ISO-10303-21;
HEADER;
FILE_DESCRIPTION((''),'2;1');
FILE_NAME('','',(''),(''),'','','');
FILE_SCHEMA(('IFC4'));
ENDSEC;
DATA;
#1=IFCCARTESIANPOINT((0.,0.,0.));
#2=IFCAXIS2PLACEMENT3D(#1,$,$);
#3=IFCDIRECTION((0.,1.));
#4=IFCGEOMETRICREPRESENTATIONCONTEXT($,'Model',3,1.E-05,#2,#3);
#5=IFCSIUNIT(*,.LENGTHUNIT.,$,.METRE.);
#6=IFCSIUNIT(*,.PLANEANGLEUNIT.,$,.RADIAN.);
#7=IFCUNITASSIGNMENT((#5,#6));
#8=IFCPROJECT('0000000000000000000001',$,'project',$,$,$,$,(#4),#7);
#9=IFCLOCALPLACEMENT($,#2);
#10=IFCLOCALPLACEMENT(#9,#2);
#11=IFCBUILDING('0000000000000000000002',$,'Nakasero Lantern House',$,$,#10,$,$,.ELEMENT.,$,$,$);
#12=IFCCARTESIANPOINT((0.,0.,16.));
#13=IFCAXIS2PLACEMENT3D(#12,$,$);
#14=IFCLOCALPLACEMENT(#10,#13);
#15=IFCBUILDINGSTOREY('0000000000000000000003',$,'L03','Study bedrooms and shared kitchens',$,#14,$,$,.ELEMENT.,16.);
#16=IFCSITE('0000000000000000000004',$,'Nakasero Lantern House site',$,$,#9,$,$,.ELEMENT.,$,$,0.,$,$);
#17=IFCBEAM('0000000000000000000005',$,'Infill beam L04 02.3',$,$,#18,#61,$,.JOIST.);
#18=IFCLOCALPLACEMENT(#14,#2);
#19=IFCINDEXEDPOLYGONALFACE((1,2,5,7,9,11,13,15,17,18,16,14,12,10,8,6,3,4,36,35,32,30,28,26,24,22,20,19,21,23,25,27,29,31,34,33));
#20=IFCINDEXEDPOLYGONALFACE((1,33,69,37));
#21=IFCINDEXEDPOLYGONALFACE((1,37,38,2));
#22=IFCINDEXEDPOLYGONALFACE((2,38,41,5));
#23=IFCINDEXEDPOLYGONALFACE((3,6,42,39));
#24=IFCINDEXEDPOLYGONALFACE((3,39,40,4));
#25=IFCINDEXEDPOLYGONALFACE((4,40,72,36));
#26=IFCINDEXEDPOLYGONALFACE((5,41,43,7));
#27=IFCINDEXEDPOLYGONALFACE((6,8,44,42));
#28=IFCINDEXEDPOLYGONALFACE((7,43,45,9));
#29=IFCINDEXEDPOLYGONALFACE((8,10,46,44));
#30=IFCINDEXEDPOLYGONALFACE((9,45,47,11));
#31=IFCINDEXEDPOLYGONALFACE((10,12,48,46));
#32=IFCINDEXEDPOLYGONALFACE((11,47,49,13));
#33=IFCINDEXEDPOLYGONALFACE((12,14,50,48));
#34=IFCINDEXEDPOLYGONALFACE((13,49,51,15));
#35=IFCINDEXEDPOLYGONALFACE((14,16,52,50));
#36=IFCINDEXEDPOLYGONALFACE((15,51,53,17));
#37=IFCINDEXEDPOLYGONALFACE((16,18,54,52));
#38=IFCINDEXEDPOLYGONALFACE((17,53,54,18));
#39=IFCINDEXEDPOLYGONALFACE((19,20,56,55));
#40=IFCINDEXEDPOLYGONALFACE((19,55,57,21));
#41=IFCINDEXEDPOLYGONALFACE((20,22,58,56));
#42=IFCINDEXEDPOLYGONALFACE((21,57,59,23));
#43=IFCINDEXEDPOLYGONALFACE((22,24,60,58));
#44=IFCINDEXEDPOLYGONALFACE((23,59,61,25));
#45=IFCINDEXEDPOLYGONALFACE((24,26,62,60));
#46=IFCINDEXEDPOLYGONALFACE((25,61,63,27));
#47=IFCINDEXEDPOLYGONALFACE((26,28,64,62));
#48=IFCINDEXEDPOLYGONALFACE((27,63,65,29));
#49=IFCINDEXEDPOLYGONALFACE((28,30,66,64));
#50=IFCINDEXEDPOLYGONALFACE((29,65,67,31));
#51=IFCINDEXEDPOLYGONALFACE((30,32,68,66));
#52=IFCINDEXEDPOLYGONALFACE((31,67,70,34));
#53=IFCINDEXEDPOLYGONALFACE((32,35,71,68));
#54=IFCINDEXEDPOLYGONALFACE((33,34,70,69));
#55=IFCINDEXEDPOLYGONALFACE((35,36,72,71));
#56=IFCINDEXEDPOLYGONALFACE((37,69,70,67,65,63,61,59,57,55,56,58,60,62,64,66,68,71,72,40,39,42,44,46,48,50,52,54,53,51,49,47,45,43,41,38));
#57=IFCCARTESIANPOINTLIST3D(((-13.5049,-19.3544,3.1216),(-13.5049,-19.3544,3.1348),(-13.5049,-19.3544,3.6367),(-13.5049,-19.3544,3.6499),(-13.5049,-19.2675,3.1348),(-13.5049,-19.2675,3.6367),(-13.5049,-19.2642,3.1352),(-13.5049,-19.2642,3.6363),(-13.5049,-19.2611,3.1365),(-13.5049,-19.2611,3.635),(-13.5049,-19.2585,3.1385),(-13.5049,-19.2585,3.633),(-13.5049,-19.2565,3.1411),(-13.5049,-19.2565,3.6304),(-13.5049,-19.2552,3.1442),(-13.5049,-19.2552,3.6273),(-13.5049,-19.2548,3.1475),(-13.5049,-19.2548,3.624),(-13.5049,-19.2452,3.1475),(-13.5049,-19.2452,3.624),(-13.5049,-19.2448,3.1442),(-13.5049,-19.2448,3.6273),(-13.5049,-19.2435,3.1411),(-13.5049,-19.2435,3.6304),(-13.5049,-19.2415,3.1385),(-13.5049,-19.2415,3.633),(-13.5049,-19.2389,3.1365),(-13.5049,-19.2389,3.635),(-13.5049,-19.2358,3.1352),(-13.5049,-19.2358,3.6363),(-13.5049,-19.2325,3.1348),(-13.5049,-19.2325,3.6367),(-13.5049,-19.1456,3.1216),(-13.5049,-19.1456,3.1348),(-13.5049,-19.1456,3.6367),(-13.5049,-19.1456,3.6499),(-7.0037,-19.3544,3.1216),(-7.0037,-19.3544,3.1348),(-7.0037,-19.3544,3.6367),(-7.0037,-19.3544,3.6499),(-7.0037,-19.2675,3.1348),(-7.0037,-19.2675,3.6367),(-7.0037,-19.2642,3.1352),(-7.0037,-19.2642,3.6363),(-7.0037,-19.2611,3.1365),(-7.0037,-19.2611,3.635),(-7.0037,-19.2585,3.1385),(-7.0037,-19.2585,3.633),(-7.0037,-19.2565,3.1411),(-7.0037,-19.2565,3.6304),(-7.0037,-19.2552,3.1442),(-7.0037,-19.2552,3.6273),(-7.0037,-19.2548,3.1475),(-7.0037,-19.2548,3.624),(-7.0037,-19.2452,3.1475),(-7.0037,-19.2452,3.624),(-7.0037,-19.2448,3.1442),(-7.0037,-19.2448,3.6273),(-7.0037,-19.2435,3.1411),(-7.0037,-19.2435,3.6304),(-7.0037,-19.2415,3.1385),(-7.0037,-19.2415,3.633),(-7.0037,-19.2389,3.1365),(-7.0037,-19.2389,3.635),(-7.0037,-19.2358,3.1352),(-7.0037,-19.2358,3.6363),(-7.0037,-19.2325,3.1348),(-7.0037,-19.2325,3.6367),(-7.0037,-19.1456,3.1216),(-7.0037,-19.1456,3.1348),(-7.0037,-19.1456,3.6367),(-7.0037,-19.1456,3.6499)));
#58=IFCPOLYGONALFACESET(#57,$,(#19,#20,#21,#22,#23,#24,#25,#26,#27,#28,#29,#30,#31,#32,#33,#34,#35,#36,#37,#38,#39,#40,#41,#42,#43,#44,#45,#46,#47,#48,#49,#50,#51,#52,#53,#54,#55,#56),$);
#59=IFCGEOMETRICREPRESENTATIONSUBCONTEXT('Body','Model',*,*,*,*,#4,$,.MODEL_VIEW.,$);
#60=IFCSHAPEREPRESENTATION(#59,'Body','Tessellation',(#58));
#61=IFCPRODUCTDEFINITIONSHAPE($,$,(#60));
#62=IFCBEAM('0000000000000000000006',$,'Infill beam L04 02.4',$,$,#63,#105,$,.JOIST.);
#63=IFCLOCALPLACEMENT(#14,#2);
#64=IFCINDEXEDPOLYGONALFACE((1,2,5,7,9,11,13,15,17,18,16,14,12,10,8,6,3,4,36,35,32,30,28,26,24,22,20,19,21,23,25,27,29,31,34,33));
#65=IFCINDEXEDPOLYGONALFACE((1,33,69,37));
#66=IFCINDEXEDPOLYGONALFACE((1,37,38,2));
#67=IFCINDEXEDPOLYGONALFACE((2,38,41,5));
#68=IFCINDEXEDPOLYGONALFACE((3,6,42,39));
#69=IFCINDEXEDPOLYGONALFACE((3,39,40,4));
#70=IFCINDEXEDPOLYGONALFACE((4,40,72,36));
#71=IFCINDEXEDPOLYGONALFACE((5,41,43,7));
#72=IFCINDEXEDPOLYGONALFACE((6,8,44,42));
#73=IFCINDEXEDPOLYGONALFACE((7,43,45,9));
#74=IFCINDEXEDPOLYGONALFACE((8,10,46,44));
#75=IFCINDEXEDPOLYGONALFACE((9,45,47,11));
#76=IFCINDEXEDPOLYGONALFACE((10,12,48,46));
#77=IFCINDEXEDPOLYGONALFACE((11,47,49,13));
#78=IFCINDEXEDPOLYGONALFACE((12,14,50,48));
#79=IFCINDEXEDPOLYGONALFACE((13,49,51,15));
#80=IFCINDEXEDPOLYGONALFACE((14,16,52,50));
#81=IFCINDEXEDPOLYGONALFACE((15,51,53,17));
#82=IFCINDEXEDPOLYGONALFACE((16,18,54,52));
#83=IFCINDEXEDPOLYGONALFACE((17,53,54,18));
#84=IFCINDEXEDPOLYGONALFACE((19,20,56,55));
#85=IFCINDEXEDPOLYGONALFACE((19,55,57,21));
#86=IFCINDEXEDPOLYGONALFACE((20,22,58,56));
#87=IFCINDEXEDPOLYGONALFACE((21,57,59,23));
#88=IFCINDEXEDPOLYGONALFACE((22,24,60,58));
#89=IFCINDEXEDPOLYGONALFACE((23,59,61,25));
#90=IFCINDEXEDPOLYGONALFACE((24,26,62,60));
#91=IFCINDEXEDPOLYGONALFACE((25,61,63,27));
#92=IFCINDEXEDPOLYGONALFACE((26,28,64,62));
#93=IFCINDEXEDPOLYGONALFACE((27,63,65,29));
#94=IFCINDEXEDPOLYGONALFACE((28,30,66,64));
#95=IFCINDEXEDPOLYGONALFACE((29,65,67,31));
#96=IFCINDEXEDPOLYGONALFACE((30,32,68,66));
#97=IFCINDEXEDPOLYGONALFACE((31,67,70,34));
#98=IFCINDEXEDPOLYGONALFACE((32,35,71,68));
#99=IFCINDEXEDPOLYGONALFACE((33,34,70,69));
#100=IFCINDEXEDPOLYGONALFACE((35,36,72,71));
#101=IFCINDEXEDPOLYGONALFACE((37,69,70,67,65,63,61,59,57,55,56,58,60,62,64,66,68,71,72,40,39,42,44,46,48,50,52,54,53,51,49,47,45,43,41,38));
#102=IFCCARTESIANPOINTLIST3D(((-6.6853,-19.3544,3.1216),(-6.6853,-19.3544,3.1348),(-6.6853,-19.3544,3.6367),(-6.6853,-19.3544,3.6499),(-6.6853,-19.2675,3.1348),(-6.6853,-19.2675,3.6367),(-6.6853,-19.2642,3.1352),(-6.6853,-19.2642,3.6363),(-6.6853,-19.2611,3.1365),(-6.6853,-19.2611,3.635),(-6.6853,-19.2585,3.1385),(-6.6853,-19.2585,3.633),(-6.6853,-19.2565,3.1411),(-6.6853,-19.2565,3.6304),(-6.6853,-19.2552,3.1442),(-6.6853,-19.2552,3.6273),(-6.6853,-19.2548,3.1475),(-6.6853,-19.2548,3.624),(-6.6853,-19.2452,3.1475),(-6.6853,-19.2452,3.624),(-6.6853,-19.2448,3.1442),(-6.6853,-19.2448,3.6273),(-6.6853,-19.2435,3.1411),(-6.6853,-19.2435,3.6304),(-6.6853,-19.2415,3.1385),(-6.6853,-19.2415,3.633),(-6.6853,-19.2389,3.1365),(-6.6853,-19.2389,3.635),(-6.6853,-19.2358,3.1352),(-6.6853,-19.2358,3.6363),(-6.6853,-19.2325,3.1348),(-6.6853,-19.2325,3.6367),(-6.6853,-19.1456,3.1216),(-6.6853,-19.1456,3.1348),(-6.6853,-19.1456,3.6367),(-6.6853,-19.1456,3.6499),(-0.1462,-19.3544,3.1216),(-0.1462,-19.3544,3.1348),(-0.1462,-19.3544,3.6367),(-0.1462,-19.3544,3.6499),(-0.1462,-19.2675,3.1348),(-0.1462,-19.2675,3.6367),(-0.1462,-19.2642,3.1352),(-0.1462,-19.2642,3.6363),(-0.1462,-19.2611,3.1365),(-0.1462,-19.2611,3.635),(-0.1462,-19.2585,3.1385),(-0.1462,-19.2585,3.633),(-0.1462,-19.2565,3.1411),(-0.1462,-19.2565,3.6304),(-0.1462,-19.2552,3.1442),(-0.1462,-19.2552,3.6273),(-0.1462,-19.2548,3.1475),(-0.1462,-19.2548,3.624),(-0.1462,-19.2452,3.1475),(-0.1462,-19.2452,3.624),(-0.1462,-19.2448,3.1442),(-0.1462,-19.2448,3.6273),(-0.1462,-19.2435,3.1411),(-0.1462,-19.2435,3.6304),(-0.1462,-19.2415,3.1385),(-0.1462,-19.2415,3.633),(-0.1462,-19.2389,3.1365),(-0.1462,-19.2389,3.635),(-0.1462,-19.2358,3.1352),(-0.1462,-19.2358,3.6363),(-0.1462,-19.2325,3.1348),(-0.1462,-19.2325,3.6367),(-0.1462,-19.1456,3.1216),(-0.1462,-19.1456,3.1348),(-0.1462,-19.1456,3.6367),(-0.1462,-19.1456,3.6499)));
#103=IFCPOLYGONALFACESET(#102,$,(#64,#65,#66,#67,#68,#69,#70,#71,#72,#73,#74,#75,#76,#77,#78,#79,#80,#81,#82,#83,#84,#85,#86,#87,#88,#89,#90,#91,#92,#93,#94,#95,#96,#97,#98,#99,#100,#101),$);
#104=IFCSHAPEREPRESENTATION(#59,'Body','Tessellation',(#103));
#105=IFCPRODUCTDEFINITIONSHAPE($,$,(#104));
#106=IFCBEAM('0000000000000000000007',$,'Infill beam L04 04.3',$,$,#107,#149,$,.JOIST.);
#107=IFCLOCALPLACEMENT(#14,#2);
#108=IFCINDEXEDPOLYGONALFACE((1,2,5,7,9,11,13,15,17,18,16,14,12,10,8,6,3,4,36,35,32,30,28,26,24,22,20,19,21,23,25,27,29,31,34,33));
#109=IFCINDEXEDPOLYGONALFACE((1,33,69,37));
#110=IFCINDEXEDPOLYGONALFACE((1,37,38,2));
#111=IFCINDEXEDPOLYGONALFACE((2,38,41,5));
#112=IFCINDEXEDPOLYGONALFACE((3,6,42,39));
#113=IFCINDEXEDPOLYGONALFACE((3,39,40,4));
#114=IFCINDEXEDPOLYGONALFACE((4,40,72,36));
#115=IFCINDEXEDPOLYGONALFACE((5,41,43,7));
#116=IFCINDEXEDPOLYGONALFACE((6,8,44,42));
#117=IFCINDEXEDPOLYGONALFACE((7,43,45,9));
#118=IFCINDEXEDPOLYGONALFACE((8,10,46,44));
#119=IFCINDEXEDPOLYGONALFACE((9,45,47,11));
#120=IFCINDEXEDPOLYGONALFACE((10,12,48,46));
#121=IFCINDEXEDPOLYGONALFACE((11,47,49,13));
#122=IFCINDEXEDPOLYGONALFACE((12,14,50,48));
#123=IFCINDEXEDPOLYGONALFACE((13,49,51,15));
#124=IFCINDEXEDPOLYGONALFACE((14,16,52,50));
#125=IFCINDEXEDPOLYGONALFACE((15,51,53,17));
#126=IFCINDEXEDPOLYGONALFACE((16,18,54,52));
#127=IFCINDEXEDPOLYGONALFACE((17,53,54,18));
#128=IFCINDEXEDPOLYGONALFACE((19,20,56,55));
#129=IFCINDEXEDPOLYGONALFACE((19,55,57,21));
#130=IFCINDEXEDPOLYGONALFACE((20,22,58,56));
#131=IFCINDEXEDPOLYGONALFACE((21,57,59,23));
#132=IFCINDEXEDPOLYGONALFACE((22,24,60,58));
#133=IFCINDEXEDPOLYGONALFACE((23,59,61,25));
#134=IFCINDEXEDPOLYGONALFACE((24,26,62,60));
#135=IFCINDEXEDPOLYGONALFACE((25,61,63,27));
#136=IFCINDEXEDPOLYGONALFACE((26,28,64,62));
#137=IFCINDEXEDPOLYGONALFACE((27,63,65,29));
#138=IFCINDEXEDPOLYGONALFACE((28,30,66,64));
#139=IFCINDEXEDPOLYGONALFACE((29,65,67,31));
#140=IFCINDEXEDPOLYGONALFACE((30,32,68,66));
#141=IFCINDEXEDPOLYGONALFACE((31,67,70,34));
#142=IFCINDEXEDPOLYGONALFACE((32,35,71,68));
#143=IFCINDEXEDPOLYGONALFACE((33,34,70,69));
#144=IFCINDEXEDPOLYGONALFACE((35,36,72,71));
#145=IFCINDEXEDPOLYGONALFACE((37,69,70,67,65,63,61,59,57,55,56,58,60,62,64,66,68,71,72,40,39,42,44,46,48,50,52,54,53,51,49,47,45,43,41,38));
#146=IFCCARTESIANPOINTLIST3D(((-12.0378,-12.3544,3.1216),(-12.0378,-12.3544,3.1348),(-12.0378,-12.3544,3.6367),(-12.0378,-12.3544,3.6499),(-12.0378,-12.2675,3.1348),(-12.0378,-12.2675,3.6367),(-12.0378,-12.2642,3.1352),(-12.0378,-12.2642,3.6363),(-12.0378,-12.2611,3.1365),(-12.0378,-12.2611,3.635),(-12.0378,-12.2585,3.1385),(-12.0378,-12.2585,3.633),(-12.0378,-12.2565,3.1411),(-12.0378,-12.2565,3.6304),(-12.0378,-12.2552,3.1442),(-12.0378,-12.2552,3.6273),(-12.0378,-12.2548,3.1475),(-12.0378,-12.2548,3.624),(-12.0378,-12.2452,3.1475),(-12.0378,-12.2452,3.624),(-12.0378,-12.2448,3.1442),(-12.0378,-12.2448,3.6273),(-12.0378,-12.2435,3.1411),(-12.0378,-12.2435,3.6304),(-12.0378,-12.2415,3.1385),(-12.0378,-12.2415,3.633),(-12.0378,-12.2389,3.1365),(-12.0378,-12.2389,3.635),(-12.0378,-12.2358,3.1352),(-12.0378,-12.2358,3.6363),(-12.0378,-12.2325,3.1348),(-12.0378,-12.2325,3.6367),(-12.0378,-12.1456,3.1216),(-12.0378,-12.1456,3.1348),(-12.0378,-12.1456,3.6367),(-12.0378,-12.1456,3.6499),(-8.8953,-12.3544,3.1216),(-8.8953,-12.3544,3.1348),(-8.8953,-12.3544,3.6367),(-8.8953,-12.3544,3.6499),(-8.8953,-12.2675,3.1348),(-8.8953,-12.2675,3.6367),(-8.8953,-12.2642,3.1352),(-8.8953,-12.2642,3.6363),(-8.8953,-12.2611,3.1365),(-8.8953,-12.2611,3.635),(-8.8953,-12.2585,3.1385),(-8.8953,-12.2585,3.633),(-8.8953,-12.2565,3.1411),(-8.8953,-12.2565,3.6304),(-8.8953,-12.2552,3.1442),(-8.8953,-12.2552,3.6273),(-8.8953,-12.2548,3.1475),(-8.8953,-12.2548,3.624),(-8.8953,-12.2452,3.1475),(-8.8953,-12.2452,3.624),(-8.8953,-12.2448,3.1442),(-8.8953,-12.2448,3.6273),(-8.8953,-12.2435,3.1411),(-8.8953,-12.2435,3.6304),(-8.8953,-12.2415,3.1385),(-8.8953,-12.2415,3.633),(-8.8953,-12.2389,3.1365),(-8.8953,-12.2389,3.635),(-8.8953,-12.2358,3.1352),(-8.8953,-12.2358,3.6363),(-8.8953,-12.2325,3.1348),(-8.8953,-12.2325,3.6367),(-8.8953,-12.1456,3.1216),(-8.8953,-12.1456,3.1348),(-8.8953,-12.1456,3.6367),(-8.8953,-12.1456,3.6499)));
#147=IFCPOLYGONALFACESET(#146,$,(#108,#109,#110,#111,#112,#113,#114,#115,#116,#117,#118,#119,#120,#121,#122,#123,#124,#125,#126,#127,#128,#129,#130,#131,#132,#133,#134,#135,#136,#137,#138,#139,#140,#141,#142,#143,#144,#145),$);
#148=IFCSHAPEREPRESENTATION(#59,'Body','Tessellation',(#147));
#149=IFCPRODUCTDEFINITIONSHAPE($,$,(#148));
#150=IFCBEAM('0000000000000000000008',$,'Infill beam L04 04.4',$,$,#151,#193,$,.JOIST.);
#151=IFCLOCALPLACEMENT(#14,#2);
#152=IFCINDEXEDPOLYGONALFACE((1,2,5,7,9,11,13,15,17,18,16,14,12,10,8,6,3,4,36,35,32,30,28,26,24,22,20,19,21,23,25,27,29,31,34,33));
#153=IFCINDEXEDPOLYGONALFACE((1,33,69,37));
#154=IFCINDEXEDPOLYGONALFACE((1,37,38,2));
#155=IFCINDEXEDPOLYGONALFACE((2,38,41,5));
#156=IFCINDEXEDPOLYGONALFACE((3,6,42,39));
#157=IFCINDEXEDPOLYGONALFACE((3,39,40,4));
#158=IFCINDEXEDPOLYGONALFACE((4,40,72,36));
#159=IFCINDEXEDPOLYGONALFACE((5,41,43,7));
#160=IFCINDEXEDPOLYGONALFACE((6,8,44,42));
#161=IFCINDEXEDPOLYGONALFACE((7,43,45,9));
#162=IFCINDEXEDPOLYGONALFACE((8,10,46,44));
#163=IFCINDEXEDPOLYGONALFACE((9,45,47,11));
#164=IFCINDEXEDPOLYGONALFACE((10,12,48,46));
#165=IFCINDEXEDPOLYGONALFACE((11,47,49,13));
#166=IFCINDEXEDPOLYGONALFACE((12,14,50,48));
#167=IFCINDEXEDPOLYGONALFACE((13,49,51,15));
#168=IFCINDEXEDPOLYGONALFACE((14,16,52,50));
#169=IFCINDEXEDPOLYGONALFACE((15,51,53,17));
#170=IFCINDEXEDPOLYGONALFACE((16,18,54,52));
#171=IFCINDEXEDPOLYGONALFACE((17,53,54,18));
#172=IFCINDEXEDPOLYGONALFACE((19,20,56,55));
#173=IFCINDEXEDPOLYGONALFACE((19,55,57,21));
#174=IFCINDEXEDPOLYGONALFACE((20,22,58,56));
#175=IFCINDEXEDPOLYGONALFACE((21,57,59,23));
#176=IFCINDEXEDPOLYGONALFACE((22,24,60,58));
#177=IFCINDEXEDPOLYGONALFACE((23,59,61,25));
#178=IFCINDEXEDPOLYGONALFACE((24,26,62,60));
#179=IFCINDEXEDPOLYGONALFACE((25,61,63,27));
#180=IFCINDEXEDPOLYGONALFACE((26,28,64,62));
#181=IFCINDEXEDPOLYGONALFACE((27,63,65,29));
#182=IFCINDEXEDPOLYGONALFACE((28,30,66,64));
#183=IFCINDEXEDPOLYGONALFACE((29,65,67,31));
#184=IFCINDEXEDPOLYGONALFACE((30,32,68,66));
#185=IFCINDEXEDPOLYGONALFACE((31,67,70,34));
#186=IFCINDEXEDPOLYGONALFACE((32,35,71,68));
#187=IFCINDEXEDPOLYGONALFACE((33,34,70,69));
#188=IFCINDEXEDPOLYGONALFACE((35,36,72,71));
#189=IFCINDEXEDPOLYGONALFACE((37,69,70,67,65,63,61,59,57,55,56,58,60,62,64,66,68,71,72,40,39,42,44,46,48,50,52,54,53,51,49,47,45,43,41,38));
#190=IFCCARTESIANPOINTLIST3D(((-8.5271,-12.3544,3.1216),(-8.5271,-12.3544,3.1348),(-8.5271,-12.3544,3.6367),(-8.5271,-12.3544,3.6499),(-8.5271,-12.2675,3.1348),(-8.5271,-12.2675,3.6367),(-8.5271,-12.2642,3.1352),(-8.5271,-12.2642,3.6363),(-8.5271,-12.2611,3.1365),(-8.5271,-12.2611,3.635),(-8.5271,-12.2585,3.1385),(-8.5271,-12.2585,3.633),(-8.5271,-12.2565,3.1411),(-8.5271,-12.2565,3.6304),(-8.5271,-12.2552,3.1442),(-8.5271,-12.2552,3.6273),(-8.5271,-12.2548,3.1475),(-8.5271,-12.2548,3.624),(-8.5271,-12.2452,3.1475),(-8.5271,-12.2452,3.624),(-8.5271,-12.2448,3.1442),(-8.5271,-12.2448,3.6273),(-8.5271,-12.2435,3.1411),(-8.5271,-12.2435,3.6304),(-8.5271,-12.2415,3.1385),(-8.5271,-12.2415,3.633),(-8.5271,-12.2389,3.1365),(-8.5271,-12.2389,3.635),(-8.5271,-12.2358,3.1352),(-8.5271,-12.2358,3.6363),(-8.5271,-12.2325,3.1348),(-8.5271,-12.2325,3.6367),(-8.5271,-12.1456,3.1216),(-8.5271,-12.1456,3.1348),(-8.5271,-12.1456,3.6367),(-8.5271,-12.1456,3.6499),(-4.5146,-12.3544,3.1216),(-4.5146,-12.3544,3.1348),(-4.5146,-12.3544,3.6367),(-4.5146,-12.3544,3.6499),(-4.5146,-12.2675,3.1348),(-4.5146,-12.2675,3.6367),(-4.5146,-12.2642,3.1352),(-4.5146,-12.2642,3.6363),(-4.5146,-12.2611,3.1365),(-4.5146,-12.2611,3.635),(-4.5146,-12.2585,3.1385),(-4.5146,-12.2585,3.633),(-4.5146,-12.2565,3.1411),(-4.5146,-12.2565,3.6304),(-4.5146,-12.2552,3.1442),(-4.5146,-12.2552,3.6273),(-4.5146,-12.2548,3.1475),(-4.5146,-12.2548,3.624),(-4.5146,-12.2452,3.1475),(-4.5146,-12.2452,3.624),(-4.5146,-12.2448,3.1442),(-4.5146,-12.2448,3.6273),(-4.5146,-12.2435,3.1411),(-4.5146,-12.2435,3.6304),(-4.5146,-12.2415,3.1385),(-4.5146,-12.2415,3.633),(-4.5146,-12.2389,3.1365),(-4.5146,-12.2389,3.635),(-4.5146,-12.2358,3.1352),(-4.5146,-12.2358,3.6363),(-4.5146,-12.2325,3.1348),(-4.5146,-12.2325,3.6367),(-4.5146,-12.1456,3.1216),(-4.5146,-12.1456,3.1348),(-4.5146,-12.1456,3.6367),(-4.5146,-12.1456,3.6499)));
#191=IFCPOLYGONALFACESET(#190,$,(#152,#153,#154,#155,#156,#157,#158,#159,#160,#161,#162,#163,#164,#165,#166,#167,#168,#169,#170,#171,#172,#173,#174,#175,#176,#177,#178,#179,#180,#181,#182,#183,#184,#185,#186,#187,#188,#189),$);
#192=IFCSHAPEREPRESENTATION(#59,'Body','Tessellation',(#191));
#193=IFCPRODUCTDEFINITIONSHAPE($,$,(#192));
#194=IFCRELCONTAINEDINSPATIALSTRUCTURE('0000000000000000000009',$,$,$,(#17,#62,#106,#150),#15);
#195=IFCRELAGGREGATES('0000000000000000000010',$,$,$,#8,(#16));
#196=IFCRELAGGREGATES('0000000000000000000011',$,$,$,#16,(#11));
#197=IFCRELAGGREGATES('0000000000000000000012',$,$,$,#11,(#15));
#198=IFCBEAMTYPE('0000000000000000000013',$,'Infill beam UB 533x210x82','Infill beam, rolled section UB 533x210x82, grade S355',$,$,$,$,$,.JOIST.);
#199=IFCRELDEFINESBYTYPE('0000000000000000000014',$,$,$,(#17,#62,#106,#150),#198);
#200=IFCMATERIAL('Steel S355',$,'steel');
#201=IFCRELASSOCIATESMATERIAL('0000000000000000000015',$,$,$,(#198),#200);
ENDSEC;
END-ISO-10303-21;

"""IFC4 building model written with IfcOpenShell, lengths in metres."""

from ifc_helpers import new_model, si_unit, direction, frame, origin, origin_2d, place, context, subcontext, project, spatial, i_section, extrude, material, material_profile, profile_set, type_object, element, save


model = new_model("IFC4")

# Units and contexts
model_context = context("Model", 3, precision=1e-05, world=origin(), true_north=direction((0.0, 1.0)))
body_context = subcontext(model_context, "Body", "Model", "MODEL_VIEW")
ifc_project = project(units=[si_unit("LENGTHUNIT", "METRE"), si_unit("PLANEANGLEUNIT", "RADIAN")], contexts=[model_context])

# Site, building, storey
site_placement = place(None, origin())
site = spatial("IfcSite", under=ifc_project, at=site_placement, Name="Nakasero Lantern House site", CompositionType="ELEMENT", RefElevation=0.0)
building_placement = place(site_placement, origin())
building = spatial("IfcBuilding", under=site, at=building_placement, Name="Nakasero Lantern House", CompositionType="ELEMENT")
storey_placement = place(building_placement, frame((0.0, 0.0, 16.0)))
storey = spatial("IfcBuildingStorey", under=building, at=storey_placement, Name="L03", Description="Study bedrooms and shared kitchens", CompositionType="ELEMENT", Elevation=16.0)

# Beams
ifc_material_1 = material(Name="Steel S355", Category="steel")
ifc_material_profile_1 = material_profile(ifc_material_1, i_section(OverallWidth=0.2087, OverallDepth=0.5283, WebThickness=0.0095, FlangeThickness=0.0132, FilletRadius=0.0127, at=origin_2d()), Name="UB 533x210x82")
ifc_profile_set_1 = profile_set([ifc_material_profile_1], Name="Steel S355")
beam_type_1 = type_object("IfcBeamType", Name="Infill beam UB 533x210x82", Description="Infill beam, rolled section UB 533x210x82, grade S355", PredefinedType="JOIST", material=ifc_profile_set_1)
beam_1_placement = place(storey_placement, frame((-13.5049, -19.25, 3.3857), z_axis=(1.0, 0.0, 0.0), x_axis=(0.0, 1.0, 0.0)))
element("IfcBeam", 1, at=beam_1_placement, inside=storey, type_object=beam_type_1, Name="Infill beam L04 02.3", PredefinedType="JOIST", context=body_context, shape_type="SweptSolid", body=[
    extrude(i_section(OverallWidth=0.2087, OverallDepth=0.5283, WebThickness=0.0095, FlangeThickness=0.0132, FilletRadius=0.0127, at=origin_2d()), origin(), (0.0, 0.0, 1.0), 6.5012),
])
beam_2_placement = place(storey_placement, frame((-6.6853, -19.25, 3.3857), z_axis=(1.0, 0.0, 0.0), x_axis=(0.0, 1.0, 0.0)))
element("IfcBeam", 2, at=beam_2_placement, inside=storey, type_object=beam_type_1, Name="Infill beam L04 02.4", PredefinedType="JOIST", context=body_context, shape_type="SweptSolid", body=[
    extrude(i_section(OverallWidth=0.2087, OverallDepth=0.5283, WebThickness=0.0095, FlangeThickness=0.0132, FilletRadius=0.0127, at=origin_2d()), origin(), (0.0, 0.0, 1.0), 6.5391),
])
beam_3_placement = place(storey_placement, frame((-12.0378, -12.25, 3.3857), z_axis=(1.0, 0.0, 0.0), x_axis=(0.0, 1.0, 0.0)))
element("IfcBeam", 3, at=beam_3_placement, inside=storey, type_object=beam_type_1, Name="Infill beam L04 04.3", PredefinedType="JOIST", context=body_context, shape_type="SweptSolid", body=[
    extrude(i_section(OverallWidth=0.2087, OverallDepth=0.5283, WebThickness=0.0095, FlangeThickness=0.0132, FilletRadius=0.0127, at=origin_2d()), origin(), (0.0, 0.0, 1.0), 3.1426),
])
beam_4_placement = place(storey_placement, frame((-8.5271, -12.25, 3.3857), z_axis=(1.0, 0.0, 0.0), x_axis=(0.0, 1.0, 0.0)))
element("IfcBeam", 4, at=beam_4_placement, inside=storey, type_object=beam_type_1, Name="Infill beam L04 04.4", PredefinedType="JOIST", context=body_context, shape_type="SweptSolid", body=[
    extrude(i_section(OverallWidth=0.2087, OverallDepth=0.5283, WebThickness=0.0095, FlangeThickness=0.0132, FilletRadius=0.0127, at=origin_2d()), origin(), (0.0, 0.0, 1.0), 4.0125),
])

save(model, "model.ifc")
